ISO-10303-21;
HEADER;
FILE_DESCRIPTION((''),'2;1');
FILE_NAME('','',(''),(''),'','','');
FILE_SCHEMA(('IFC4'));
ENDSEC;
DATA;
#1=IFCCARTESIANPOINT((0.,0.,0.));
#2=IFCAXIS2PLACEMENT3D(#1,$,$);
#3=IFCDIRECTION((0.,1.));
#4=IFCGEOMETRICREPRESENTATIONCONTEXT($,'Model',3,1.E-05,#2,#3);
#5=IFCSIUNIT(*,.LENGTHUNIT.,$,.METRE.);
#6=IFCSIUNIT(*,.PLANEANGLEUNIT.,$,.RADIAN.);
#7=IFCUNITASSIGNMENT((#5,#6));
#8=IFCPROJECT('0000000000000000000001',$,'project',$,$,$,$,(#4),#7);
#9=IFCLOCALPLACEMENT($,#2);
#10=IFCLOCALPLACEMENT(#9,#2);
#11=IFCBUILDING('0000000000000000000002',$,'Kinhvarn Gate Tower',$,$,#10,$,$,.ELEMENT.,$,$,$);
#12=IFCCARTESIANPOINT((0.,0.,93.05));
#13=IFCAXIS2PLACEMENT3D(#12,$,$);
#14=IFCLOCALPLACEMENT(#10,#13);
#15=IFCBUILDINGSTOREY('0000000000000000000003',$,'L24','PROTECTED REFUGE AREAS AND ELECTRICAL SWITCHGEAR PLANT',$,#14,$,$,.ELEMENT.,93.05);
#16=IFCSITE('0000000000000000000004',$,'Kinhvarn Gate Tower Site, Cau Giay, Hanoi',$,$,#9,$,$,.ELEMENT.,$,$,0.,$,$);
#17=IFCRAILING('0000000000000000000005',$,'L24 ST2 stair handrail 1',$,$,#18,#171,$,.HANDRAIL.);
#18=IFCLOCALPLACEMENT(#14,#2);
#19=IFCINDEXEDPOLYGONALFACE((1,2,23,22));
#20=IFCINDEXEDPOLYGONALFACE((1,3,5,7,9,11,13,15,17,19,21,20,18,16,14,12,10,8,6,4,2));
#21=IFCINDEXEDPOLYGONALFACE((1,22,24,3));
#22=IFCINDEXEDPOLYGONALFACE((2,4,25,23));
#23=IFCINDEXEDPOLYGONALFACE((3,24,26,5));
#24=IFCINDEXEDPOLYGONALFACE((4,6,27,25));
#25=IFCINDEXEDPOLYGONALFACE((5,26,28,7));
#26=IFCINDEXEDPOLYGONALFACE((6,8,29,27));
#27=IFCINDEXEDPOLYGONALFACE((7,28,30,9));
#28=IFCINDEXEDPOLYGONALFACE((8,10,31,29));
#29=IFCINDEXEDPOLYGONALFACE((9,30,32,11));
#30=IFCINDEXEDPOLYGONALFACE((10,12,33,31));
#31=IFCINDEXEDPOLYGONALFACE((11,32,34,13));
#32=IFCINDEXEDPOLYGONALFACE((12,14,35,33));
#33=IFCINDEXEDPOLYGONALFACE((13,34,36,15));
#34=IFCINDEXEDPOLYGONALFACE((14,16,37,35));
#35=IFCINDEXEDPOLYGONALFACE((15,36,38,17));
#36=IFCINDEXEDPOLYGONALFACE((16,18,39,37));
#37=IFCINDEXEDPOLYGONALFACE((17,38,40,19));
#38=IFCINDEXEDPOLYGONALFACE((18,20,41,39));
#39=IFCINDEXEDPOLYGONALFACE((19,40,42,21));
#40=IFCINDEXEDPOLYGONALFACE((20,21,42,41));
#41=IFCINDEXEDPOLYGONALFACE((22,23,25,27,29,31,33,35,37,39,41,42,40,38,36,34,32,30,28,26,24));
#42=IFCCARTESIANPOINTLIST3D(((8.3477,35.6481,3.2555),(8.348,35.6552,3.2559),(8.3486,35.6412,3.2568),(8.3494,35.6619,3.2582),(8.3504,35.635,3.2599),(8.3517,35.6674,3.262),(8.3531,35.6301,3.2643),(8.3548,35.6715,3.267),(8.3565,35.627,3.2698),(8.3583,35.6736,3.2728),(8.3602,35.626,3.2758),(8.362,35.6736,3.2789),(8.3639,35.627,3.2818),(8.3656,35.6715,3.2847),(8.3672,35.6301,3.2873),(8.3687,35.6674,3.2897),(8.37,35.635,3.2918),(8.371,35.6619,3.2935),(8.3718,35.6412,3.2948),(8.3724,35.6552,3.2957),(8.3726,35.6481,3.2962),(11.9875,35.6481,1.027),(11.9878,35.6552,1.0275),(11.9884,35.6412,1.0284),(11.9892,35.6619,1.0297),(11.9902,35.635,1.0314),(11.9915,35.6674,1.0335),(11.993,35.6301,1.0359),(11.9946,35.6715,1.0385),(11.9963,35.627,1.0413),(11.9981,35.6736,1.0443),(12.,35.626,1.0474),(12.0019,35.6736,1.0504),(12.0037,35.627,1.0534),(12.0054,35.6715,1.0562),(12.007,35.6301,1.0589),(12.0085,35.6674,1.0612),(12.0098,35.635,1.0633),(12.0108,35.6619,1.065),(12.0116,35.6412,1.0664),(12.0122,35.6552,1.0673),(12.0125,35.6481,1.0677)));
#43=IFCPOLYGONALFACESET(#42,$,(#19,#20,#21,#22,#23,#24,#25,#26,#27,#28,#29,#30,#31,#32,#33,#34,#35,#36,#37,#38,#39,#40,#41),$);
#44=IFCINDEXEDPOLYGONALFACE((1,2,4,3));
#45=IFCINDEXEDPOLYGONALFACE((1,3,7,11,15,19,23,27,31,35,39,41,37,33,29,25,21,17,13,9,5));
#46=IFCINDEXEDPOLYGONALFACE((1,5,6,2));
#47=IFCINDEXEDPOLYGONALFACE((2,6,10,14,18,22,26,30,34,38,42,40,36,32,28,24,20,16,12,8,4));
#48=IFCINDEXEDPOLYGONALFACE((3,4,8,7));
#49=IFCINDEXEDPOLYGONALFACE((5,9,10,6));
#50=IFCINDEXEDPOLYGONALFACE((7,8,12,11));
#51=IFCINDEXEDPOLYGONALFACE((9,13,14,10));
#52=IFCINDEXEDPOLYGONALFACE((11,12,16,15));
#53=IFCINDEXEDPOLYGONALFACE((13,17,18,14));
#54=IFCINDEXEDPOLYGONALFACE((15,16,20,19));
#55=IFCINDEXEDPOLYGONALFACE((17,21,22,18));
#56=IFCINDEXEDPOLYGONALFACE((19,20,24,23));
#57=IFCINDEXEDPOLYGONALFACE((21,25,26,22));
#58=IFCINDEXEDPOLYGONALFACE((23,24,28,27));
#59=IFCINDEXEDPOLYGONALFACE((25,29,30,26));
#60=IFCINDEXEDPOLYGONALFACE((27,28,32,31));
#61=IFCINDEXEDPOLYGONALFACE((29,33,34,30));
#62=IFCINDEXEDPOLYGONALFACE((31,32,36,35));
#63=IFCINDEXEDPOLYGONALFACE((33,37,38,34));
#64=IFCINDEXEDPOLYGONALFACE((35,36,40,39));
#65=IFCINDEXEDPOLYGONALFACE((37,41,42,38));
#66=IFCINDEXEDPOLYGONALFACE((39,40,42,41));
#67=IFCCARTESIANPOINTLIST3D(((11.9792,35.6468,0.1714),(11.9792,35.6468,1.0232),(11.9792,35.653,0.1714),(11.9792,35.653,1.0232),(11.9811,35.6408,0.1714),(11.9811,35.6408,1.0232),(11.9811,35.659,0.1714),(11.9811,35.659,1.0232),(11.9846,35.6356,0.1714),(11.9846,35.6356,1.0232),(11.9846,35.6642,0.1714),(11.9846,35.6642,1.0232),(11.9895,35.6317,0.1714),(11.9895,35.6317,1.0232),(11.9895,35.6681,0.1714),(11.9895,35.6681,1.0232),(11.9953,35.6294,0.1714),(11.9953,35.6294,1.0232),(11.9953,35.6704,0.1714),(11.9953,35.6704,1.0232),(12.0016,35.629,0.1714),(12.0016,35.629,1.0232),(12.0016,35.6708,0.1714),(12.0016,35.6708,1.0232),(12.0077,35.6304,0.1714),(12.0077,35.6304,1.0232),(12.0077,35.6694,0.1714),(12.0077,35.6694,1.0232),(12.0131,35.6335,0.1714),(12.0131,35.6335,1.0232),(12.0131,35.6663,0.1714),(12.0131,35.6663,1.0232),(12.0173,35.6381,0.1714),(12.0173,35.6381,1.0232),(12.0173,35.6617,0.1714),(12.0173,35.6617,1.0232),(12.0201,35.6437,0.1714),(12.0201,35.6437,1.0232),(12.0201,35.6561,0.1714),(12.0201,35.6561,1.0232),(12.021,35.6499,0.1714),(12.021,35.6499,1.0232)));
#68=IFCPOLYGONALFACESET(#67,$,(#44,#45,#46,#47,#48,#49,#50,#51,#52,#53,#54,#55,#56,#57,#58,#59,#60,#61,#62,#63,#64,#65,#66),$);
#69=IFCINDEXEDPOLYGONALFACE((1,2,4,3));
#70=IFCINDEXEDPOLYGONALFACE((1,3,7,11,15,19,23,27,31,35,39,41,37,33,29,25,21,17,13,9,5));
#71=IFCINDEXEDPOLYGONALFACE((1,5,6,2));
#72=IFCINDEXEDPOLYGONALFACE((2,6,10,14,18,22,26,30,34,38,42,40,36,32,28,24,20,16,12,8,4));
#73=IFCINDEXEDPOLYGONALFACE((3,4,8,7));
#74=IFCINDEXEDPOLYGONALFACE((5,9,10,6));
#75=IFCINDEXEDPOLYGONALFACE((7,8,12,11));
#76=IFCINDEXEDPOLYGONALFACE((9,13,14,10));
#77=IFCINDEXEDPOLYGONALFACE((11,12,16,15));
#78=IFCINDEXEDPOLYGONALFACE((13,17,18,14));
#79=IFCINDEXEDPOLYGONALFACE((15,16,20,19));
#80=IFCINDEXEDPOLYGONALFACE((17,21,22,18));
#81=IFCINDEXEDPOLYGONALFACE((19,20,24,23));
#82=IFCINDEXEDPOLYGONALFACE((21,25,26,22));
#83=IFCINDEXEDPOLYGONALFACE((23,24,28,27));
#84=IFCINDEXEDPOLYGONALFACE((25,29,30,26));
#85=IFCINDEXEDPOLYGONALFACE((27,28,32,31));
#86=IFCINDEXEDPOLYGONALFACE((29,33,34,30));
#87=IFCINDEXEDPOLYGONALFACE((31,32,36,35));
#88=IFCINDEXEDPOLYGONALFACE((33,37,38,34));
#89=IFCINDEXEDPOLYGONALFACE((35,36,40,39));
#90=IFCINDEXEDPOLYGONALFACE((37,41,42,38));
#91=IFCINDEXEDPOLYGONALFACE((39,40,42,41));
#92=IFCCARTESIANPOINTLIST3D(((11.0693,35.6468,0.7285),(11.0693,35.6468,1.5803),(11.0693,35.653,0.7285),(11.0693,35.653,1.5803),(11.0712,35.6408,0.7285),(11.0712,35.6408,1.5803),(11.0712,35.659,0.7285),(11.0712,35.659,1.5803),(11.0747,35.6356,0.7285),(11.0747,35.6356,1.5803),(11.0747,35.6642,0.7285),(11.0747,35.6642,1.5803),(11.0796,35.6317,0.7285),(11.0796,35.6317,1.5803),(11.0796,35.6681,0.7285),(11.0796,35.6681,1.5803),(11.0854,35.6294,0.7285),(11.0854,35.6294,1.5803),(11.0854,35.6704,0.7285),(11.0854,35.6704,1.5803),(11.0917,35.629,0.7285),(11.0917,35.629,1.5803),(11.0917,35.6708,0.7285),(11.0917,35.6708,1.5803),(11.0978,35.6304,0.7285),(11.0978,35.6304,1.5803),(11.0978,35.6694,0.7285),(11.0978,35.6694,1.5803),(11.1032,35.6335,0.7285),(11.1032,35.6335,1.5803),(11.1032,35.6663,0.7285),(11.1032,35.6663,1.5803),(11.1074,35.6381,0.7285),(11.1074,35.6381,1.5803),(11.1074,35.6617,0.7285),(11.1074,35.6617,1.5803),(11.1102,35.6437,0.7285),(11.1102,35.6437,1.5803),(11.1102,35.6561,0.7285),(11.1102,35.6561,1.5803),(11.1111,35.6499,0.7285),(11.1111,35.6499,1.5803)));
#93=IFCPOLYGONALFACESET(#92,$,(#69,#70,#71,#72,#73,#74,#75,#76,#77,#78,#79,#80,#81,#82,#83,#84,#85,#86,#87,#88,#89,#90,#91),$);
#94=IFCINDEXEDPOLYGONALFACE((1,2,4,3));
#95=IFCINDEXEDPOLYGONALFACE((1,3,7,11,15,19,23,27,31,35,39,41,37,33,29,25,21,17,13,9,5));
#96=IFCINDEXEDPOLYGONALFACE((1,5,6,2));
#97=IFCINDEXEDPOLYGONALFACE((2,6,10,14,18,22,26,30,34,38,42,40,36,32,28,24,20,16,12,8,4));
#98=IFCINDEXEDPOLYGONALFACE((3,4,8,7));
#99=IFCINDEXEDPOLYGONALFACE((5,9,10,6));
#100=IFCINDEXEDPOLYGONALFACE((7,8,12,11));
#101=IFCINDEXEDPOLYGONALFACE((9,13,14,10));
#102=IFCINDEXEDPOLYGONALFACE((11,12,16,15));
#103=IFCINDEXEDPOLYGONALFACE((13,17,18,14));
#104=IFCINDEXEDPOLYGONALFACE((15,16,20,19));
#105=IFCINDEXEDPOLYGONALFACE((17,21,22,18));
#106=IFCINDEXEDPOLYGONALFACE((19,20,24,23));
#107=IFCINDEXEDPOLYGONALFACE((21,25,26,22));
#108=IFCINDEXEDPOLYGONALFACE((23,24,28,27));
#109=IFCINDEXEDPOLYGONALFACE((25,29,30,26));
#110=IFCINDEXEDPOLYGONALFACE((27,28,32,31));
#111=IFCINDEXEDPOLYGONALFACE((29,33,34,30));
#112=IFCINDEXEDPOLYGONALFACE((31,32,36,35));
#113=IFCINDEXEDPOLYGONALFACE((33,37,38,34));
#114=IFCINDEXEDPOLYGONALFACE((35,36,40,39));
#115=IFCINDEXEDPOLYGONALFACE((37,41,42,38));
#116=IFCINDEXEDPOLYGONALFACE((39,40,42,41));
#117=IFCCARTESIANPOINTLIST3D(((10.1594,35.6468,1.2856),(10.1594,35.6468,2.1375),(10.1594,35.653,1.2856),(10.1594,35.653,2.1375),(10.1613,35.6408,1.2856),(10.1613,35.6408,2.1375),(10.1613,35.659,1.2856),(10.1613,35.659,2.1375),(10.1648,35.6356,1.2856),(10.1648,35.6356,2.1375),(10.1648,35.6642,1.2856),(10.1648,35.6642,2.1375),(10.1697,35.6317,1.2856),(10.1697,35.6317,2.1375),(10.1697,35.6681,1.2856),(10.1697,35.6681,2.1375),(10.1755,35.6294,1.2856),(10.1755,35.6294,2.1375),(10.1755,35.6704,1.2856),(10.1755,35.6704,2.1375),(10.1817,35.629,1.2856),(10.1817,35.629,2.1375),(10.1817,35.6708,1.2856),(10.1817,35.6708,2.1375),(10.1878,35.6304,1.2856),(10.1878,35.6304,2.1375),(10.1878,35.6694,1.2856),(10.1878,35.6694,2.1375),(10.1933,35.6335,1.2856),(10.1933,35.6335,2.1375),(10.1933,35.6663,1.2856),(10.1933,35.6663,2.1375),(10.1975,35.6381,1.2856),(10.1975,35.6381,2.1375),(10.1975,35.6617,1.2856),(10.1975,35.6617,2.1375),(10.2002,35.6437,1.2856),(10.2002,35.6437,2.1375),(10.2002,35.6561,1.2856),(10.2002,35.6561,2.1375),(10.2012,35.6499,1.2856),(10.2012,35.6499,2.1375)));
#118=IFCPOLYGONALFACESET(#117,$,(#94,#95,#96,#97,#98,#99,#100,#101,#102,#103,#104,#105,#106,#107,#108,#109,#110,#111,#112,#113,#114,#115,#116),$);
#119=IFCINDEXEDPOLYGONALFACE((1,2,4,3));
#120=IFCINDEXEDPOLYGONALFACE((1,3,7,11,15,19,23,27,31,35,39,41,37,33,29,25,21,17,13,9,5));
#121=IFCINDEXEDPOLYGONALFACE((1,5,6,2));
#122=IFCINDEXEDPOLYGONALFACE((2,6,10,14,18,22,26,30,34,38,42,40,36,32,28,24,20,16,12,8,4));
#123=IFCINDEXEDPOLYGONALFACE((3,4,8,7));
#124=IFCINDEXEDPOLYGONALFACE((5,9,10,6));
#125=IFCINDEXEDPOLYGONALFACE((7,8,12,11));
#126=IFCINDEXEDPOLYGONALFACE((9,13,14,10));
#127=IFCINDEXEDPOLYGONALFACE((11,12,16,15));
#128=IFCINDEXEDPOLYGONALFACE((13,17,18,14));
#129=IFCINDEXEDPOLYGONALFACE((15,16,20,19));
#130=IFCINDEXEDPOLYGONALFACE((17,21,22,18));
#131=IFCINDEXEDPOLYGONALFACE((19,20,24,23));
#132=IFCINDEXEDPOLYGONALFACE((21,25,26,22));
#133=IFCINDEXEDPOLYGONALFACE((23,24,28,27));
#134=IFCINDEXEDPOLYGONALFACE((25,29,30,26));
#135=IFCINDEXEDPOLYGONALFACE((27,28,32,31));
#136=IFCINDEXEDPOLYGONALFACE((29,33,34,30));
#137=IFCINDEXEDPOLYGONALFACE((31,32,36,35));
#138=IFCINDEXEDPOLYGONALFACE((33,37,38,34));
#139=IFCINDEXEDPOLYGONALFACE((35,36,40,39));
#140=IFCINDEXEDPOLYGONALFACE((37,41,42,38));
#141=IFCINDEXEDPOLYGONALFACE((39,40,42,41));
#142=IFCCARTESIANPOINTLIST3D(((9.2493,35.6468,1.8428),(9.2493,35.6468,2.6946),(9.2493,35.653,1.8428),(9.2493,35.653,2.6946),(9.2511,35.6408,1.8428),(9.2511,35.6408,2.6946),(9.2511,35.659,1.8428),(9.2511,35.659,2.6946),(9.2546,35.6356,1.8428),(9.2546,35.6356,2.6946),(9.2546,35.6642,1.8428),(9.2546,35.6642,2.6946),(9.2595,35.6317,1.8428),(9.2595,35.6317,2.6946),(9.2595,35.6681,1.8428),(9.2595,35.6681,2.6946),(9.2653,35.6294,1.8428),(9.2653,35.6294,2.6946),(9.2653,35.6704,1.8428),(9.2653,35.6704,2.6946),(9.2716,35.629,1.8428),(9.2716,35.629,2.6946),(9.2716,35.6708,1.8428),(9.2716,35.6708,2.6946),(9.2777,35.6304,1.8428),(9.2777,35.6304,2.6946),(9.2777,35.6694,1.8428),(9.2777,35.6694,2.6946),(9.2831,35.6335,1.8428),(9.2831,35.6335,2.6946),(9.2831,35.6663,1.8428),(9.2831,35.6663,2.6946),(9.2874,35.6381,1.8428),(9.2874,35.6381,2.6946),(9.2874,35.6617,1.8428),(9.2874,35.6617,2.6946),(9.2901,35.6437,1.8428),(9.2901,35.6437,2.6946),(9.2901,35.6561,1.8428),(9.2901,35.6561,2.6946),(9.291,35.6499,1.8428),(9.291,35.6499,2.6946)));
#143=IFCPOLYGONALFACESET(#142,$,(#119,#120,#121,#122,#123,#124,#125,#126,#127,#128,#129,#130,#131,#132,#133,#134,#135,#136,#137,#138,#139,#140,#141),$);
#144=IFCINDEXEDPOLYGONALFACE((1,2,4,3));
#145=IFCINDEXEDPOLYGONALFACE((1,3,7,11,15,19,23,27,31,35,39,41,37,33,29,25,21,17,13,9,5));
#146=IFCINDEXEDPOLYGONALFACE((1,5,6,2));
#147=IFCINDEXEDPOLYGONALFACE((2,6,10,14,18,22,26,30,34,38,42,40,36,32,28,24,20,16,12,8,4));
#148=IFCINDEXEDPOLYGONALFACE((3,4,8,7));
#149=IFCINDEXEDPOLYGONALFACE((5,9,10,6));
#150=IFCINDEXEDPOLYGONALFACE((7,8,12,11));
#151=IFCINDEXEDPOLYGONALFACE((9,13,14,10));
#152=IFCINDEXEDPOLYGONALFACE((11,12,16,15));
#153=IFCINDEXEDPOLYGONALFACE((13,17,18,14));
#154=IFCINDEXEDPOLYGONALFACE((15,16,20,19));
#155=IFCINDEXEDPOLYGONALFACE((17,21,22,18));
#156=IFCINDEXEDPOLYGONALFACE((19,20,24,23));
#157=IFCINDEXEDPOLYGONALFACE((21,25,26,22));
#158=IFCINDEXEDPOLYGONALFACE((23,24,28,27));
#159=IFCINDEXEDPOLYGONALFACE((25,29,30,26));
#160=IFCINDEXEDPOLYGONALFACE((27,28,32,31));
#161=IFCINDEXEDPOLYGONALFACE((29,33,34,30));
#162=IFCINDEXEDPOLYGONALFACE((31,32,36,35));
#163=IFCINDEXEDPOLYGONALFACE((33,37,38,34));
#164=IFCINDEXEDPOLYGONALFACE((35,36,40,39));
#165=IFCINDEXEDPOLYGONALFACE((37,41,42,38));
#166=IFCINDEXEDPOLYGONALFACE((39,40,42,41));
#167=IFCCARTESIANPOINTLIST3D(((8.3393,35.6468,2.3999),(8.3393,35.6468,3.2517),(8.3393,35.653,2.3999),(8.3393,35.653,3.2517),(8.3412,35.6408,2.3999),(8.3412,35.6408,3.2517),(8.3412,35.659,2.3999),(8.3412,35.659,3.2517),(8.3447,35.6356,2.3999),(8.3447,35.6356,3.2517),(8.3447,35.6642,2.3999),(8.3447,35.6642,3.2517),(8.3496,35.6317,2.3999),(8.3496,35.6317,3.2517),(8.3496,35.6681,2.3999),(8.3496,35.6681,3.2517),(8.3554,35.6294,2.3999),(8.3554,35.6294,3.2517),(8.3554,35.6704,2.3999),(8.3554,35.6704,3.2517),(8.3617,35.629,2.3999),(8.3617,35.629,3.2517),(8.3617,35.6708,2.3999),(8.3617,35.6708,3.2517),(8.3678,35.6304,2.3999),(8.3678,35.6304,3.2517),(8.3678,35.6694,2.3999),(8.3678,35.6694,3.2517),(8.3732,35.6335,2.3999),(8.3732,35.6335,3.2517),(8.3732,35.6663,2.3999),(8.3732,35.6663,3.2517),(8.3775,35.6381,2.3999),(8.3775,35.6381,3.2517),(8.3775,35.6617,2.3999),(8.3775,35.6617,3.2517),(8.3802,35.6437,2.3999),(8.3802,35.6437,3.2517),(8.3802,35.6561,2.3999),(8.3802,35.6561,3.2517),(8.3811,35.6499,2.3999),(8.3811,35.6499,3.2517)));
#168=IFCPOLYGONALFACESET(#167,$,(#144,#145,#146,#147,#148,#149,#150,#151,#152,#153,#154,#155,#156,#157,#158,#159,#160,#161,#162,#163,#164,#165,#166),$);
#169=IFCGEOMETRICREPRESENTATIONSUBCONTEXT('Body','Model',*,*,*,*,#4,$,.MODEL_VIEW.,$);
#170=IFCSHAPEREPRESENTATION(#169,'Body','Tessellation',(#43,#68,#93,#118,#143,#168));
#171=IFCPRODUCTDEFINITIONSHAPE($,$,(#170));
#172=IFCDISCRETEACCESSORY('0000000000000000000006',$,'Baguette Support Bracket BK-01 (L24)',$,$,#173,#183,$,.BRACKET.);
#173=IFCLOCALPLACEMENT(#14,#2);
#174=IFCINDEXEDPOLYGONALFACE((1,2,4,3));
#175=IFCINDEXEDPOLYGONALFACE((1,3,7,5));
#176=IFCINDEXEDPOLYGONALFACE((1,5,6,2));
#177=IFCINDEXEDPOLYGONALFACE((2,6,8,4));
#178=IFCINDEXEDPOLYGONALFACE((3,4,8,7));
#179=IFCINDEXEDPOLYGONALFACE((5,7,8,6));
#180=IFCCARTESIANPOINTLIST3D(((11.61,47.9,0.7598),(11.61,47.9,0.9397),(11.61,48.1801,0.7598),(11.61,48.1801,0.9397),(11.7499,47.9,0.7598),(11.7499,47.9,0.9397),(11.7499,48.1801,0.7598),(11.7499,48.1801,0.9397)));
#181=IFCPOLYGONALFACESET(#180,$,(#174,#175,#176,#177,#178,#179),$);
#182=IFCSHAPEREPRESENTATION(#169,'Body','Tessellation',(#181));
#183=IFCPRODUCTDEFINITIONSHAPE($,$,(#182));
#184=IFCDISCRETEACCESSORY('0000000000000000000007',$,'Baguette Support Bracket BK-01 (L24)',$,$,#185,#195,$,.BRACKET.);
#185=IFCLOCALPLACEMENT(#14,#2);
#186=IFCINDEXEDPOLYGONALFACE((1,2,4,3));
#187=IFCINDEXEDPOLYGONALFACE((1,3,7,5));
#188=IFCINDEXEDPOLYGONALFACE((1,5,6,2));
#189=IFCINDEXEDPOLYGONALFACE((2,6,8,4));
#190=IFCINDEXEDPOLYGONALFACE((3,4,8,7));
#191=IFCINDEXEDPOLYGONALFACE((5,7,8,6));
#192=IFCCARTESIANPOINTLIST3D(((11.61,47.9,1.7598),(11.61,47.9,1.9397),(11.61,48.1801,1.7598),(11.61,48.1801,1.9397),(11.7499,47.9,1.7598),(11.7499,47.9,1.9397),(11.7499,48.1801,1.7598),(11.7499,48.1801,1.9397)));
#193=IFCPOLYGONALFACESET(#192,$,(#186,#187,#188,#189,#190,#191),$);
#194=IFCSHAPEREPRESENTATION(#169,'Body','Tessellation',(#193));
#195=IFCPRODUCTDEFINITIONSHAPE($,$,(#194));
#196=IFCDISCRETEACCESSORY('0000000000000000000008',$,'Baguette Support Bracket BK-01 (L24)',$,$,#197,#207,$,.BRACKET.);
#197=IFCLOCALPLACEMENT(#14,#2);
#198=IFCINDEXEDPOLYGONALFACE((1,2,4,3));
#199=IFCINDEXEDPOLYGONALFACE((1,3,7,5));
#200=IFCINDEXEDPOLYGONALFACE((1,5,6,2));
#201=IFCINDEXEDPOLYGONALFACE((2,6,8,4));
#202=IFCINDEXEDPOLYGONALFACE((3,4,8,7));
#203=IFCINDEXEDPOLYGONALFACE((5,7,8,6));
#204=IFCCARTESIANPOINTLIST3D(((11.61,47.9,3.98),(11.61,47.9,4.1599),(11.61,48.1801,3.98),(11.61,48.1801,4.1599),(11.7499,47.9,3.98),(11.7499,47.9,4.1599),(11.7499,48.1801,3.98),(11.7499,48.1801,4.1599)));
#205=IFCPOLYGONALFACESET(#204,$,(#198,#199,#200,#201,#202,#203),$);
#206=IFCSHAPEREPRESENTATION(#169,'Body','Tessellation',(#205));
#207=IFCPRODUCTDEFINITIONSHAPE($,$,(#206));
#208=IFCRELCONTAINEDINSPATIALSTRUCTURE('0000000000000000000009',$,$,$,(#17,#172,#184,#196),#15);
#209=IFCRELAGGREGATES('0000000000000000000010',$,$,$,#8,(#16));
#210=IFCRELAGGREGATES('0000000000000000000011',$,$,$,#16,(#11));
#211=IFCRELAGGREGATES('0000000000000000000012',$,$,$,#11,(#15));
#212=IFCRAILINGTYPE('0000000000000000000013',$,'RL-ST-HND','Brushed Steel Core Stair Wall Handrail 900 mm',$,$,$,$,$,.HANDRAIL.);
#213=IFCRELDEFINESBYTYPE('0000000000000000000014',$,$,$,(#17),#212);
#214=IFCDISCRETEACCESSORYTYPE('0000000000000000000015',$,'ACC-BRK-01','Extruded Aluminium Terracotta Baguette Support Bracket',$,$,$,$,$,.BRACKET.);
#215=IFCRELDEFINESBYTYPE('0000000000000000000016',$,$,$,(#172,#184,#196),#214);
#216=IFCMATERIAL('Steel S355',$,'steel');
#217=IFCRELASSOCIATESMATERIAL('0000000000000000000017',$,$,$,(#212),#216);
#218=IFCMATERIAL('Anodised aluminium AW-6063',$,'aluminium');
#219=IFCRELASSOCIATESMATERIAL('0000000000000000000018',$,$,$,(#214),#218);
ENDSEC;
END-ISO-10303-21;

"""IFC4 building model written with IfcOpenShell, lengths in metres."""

from ifc_helpers import new_model, si_unit, direction, frame, origin, origin_2d, place, context, subcontext, project, spatial, rectangle, circle, extrude, material, type_object, element, save


model = new_model("IFC4")

# Units and contexts
model_context = context("Model", 3, precision=1e-05, world=origin(), true_north=direction((0.0, 1.0)))
body_context = subcontext(model_context, "Body", "Model", "MODEL_VIEW")
ifc_project = project(units=[si_unit("LENGTHUNIT", "METRE"), si_unit("PLANEANGLEUNIT", "RADIAN")], contexts=[model_context])

# Site, building, storey
site_placement = place(None, origin())
site = spatial("IfcSite", under=ifc_project, at=site_placement, Name="Kinhvarn Gate Tower Site, Cau Giay, Hanoi", CompositionType="ELEMENT", RefElevation=0.0)
building_placement = place(site_placement, origin())
building = spatial("IfcBuilding", under=site, at=building_placement, Name="Kinhvarn Gate Tower", CompositionType="ELEMENT")
storey_placement = place(building_placement, frame((0.0, 0.0, 93.05)))
storey = spatial("IfcBuildingStorey", under=building, at=storey_placement, Name="L24", Description="PROTECTED REFUGE AREAS AND ELECTRICAL SWITCHGEAR PLANT", CompositionType="ELEMENT", Elevation=93.05)

# Shared definitions
ifc_material_1 = material(Name="Anodised aluminium AW-6063", Category="aluminium")

# Shared definitions
ifc_material_2 = material(Name="Steel S355", Category="steel")

# Railing
railing_type_1 = type_object("IfcRailingType", Name="RL-ST-HND", Description="Brushed Steel Core Stair Wall Handrail 900 mm", PredefinedType="HANDRAIL", material=ifc_material_2)
railing_1_placement = place(storey_placement, frame((12.0, 35.6499, 0.1714)))
element("IfcRailing", 1, at=railing_1_placement, inside=storey, type_object=railing_type_1, Name="L24 ST2 stair handrail 1", PredefinedType="HANDRAIL", context=body_context, shape_type="SweptSolid", body=[
    extrude(circle(Radius=0.0239, at=origin_2d()), frame((0.0, 0.0, 0.876), z_axis=(-0.85285, 0.0, 0.522156), x_axis=(0.0, -1.0, 0.0)), (0.0, 0.0, 1.0), 4.2678),
    extrude(circle(Radius=0.021, at=origin_2d()), origin(), (0.0, 0.0, 1.0), 0.8518),
    extrude(circle(Radius=0.021, at=origin_2d()), frame((-0.9099, 0.0, 0.5571)), (0.0, 0.0, 1.0), 0.8518),
    extrude(circle(Radius=0.021, at=origin_2d()), frame((-1.8198, 0.0, 1.1143)), (0.0, 0.0, 1.0), 0.8518),
    extrude(circle(Radius=0.021, at=origin_2d()), frame((-2.73, 0.0, 1.6714)), (0.0, 0.0, 1.0), 0.8518),
    extrude(circle(Radius=0.021, at=origin_2d()), frame((-3.6399, 0.0, 2.2285)), (0.0, 0.0, 1.0), 0.8518),
])

# Discrete accessories
discrete_accessory_type = type_object("IfcDiscreteAccessoryType", Name="ACC-BRK-01", Description="Extruded Aluminium Terracotta Baguette Support Bracket", PredefinedType="BRACKET", material=ifc_material_1)
for number, where, z_axis, x_axis, name in (
    (2, (11.6799, 48.04, 0.7598), (0.0, 0.0, 1.0), (-1.0, 0.0, 0.0), "Baguette Support Bracket BK-01 (L24)"),
    (3, (11.6799, 48.04, 1.7598), (0.0, 0.0, 1.0), (-1.0, 0.0, 0.0), "Baguette Support Bracket BK-01 (L24)"),
    (4, (11.6799, 48.04, 3.98), (0.0, 0.0, 1.0), (-1.0, 0.0, 0.0), "Baguette Support Bracket BK-01 (L24)"),
):
    element("IfcDiscreteAccessory", number, at=place(storey_placement, frame(where, z_axis=z_axis, x_axis=x_axis)), inside=storey, type_object=discrete_accessory_type, Name=name, PredefinedType="BRACKET", context=body_context, shape_type="SweptSolid", body=[
        extrude(rectangle(XDim=0.1399, YDim=0.28, at=origin_2d()), origin(), (0.0, 0.0, 1.0), 0.1799),
    ])

save(model, "model.ifc")
